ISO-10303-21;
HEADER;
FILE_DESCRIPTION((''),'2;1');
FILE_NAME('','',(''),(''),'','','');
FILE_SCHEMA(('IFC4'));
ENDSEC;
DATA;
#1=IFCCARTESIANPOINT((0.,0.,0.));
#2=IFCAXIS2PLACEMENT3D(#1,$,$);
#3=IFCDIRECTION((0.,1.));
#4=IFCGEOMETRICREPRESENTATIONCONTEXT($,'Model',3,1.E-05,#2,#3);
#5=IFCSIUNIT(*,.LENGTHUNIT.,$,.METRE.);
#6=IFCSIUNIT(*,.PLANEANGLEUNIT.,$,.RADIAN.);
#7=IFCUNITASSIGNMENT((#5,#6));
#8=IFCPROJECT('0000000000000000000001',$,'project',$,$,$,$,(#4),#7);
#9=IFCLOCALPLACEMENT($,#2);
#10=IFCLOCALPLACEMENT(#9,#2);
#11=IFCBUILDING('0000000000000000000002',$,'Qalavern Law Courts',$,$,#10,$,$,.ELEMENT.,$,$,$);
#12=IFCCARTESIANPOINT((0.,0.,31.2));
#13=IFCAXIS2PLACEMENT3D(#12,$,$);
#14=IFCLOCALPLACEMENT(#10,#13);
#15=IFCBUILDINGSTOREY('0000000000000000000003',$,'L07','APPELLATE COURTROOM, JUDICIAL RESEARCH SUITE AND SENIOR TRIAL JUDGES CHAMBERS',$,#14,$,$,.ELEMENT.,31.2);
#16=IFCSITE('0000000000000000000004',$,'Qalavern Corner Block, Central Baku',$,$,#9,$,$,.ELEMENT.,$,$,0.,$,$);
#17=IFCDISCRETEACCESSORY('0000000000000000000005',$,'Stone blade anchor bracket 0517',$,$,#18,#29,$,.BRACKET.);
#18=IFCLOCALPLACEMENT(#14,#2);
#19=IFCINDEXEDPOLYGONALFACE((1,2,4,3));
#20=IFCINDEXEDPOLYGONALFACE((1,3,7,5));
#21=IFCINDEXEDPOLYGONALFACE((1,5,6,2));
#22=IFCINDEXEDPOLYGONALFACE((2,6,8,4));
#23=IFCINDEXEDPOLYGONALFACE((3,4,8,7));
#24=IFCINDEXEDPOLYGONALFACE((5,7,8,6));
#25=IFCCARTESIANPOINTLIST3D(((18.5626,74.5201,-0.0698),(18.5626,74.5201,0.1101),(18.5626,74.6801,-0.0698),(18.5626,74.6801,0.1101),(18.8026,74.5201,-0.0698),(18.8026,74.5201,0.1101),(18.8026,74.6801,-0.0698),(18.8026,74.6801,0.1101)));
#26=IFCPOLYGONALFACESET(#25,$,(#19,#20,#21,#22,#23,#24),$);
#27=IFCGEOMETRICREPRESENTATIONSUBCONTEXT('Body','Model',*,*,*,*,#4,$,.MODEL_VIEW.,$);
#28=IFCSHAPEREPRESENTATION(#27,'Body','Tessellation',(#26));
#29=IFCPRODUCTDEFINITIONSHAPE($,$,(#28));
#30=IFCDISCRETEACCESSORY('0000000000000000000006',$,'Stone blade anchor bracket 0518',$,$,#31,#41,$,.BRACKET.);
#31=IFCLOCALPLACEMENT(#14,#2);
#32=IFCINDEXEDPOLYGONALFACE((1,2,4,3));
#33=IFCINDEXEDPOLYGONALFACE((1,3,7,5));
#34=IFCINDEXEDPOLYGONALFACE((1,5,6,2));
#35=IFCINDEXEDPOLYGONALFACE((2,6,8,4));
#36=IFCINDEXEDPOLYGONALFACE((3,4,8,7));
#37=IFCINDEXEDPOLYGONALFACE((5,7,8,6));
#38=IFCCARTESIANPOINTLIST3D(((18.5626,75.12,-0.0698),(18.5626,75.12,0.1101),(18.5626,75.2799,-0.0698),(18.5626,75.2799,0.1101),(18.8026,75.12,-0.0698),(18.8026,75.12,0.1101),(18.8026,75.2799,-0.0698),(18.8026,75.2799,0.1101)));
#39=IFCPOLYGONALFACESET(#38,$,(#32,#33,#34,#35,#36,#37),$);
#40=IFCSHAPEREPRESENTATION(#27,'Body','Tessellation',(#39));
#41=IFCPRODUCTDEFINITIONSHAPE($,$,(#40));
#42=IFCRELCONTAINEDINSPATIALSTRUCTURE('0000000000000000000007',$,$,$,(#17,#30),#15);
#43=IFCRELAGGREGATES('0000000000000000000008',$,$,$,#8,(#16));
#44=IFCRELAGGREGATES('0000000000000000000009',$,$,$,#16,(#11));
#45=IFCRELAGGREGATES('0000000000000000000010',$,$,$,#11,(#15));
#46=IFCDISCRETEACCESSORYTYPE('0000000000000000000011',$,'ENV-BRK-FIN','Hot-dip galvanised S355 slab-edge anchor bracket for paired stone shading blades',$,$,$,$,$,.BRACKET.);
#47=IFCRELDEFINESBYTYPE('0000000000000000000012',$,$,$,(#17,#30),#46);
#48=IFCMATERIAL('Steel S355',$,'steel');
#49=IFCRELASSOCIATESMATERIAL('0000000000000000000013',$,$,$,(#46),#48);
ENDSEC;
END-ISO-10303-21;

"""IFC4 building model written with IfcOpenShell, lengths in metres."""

from ifc_helpers import new_model, si_unit, direction, frame, origin, origin_2d, place, context, subcontext, project, spatial, rectangle, extrude, material, type_object, element, save


model = new_model("IFC4")

# Units and contexts
model_context = context("Model", 3, precision=1e-05, world=origin(), true_north=direction((0.0, 1.0)))
body_context = subcontext(model_context, "Body", "Model", "MODEL_VIEW")
ifc_project = project(units=[si_unit("LENGTHUNIT", "METRE"), si_unit("PLANEANGLEUNIT", "RADIAN")], contexts=[model_context])

# Site, building, storey
site_placement = place(None, origin())
site = spatial("IfcSite", under=ifc_project, at=site_placement, Name="Qalavern Corner Block, Central Baku", CompositionType="ELEMENT", RefElevation=0.0)
building_placement = place(site_placement, origin())
building = spatial("IfcBuilding", under=site, at=building_placement, Name="Qalavern Law Courts", CompositionType="ELEMENT")
storey_placement = place(building_placement, frame((0.0, 0.0, 31.2)))
storey = spatial("IfcBuildingStorey", under=building, at=storey_placement, Name="L07", Description="APPELLATE COURTROOM, JUDICIAL RESEARCH SUITE AND SENIOR TRIAL JUDGES CHAMBERS", CompositionType="ELEMENT", Elevation=31.2)

# Discrete accessories
ifc_material_1 = material(Name="Steel S355", Category="steel")
discrete_accessory_type = type_object("IfcDiscreteAccessoryType", Name="ENV-BRK-FIN", Description="Hot-dip galvanised S355 slab-edge anchor bracket for paired stone shading blades", PredefinedType="BRACKET", material=ifc_material_1)
for number, where, z_axis, x_axis, name in (
    (1, (18.6826, 74.6001, -0.0698), (0.0, 0.0, 1.0), (1.0, 0.0, 0.0), "Stone blade anchor bracket 0517"),
    (2, (18.6826, 75.2, -0.0698), (0.0, 0.0, 1.0), (1.0, 0.0, 0.0), "Stone blade anchor bracket 0518"),
):
    element("IfcDiscreteAccessory", number, at=place(storey_placement, frame(where, z_axis=z_axis, x_axis=x_axis)), inside=storey, type_object=discrete_accessory_type, Name=name, PredefinedType="BRACKET", context=body_context, shape_type="SweptSolid", body=[
        extrude(rectangle(XDim=0.24, YDim=0.1599, at=origin_2d()), origin(), (0.0, 0.0, 1.0), 0.1799),
    ])

save(model, "model.ifc")
